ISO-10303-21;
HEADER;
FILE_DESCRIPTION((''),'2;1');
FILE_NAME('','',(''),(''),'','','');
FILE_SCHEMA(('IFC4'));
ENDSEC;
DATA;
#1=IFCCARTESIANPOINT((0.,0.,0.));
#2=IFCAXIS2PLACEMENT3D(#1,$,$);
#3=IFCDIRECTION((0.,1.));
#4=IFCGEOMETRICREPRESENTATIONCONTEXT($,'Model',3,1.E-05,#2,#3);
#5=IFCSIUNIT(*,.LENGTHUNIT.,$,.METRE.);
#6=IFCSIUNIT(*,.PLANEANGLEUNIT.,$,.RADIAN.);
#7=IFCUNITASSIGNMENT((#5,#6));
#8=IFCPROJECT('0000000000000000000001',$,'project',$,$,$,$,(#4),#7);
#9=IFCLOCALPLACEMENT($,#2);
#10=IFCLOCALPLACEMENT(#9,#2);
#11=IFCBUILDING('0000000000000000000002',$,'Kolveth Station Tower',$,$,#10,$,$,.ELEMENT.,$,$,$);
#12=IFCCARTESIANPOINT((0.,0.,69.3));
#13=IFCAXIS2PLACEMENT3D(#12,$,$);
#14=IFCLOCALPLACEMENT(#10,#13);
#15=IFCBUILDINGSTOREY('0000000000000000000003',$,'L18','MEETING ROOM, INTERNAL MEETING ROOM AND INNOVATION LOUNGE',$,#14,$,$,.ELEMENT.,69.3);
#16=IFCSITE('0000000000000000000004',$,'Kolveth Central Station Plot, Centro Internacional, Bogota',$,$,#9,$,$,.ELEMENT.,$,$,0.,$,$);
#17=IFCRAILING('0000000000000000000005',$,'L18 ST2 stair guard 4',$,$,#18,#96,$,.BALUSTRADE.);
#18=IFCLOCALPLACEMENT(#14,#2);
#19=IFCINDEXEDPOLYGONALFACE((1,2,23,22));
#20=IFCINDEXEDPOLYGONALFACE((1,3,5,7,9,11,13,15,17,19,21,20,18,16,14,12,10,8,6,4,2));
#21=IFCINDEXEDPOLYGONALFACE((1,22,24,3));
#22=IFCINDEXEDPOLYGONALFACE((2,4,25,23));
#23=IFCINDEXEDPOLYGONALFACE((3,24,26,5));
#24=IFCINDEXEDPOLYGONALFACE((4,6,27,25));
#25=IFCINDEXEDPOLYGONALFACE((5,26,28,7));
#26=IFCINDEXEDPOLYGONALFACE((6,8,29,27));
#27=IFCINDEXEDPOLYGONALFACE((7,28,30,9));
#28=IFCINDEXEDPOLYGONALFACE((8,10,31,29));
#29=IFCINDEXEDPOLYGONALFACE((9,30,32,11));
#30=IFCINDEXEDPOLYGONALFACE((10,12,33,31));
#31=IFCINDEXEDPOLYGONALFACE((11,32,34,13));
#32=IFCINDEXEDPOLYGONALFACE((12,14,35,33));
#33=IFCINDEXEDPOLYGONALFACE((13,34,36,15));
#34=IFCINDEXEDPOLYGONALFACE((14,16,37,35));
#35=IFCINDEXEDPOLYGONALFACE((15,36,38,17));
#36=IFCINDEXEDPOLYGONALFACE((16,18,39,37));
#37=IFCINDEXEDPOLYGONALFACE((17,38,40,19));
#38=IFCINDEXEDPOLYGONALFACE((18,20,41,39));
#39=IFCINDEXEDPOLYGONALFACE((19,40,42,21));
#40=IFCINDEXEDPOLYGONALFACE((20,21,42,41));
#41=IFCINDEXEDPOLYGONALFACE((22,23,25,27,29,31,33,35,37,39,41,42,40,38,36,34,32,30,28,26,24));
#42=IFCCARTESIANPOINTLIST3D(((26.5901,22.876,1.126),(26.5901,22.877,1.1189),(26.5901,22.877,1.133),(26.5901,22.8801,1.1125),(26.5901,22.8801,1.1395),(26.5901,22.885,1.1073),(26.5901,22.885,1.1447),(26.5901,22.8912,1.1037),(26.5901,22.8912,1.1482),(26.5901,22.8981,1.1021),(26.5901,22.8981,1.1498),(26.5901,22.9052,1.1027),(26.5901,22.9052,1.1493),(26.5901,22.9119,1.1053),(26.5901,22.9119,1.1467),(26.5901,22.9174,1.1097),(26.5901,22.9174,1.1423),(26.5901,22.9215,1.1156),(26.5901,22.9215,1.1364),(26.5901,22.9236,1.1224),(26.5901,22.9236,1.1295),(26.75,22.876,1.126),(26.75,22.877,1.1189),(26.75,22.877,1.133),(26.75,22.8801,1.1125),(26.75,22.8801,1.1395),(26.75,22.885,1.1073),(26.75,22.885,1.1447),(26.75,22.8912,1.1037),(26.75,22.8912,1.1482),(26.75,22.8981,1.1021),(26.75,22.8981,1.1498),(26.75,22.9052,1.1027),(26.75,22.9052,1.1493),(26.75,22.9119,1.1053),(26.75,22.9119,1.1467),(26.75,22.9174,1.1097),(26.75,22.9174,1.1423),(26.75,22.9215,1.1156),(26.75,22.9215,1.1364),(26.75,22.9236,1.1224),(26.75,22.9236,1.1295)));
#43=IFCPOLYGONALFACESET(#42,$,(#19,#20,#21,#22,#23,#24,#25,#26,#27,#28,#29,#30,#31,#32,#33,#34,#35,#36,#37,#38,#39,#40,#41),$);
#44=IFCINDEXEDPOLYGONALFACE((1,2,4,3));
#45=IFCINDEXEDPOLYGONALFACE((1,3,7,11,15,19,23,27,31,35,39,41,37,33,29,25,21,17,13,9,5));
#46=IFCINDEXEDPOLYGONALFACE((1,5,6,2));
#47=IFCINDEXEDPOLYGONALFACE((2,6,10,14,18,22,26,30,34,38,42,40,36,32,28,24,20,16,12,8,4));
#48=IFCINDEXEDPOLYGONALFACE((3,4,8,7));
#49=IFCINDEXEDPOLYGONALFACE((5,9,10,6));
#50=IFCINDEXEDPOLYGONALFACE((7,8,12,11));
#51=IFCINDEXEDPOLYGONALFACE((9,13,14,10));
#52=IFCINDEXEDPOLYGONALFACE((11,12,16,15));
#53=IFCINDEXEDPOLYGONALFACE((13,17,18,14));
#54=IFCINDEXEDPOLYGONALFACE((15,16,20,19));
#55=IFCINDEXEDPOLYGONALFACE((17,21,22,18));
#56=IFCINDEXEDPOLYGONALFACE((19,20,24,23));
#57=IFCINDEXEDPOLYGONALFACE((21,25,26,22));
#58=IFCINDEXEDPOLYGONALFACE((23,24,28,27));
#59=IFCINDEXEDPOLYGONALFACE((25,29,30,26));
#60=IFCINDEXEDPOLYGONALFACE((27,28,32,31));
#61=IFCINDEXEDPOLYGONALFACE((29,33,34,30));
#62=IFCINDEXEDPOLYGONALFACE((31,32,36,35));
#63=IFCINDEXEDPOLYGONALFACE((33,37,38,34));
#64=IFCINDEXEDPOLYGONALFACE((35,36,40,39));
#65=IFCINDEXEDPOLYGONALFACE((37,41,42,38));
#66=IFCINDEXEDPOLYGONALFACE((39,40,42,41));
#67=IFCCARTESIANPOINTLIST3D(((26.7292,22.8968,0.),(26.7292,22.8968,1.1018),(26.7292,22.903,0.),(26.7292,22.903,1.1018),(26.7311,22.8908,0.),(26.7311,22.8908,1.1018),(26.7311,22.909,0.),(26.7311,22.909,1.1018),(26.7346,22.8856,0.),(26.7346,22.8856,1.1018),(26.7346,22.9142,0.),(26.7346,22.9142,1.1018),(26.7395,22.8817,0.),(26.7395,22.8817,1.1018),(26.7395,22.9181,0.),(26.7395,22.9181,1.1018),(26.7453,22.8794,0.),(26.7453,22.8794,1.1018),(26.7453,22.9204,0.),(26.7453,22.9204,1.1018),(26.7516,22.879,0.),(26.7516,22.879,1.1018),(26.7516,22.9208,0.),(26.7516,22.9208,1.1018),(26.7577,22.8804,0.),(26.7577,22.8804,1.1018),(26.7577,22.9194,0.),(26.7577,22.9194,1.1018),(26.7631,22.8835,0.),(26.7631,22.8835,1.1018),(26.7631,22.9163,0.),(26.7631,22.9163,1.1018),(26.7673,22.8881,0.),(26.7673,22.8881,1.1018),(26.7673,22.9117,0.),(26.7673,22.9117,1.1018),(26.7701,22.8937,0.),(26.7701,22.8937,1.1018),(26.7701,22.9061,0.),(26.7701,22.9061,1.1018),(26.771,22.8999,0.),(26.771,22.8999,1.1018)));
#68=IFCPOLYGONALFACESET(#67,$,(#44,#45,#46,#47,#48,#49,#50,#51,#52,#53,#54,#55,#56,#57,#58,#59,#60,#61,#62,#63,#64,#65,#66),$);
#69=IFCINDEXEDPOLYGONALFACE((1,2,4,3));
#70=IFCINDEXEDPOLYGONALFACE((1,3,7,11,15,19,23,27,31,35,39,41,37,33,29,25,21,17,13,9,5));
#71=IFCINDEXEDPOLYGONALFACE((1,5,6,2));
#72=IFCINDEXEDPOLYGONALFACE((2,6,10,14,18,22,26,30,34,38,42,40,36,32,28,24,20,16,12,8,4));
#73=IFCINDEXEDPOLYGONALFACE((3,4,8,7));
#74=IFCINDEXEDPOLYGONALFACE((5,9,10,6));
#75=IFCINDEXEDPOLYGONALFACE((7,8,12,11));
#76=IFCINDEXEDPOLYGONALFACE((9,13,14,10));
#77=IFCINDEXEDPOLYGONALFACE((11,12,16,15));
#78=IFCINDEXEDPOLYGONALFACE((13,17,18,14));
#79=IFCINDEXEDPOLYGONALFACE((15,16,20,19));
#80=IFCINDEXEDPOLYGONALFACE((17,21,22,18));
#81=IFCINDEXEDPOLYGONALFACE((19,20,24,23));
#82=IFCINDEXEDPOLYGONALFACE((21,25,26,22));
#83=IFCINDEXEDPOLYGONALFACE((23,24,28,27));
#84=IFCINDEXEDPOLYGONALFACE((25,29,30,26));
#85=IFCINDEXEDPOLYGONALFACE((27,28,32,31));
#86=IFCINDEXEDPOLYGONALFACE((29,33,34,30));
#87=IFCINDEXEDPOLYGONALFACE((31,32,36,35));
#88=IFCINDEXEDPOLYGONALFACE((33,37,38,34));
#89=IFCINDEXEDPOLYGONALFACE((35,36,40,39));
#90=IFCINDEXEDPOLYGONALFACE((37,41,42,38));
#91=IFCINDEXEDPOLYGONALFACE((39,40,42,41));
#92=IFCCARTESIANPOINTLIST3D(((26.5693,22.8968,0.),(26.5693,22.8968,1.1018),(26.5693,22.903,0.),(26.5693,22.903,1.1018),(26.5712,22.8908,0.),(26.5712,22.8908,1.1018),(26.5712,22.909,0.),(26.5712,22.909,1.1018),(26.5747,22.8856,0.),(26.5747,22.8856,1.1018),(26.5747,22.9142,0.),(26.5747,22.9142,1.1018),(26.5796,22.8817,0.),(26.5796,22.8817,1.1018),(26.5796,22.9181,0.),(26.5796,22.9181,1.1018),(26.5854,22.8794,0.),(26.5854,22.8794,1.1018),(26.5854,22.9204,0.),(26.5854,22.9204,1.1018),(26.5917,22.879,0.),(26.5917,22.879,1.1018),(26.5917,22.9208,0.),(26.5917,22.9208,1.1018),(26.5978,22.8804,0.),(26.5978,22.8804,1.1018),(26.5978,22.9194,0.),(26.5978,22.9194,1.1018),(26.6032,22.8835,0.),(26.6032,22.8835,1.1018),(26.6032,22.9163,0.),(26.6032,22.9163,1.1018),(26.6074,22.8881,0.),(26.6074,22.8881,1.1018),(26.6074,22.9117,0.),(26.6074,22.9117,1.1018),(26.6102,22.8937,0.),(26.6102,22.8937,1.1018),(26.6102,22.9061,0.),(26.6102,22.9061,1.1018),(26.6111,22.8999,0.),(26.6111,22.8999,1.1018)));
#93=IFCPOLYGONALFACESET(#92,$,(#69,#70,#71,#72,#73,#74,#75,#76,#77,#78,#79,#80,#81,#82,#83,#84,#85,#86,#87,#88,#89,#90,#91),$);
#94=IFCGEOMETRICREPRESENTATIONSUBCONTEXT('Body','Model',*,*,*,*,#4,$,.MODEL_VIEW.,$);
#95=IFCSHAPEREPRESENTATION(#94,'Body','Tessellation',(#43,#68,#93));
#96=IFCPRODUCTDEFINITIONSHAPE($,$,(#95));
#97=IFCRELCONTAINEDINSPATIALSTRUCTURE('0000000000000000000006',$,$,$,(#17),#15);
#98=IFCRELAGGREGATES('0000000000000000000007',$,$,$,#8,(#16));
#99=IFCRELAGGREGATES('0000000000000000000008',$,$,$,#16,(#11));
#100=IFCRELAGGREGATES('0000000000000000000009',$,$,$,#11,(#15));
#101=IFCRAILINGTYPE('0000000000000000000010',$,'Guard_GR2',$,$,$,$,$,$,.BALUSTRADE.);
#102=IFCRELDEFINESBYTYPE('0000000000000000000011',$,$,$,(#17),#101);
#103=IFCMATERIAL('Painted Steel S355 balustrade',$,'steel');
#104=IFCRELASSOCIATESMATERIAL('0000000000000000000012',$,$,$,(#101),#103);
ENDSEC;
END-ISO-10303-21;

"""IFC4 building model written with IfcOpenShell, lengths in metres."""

from ifc_helpers import new_model, si_unit, direction, frame, origin, origin_2d, place, context, subcontext, project, spatial, circle, extrude, material, type_object, element, save


model = new_model("IFC4")

# Units and contexts
model_context = context("Model", 3, precision=1e-05, world=origin(), true_north=direction((0.0, 1.0)))
body_context = subcontext(model_context, "Body", "Model", "MODEL_VIEW")
ifc_project = project(units=[si_unit("LENGTHUNIT", "METRE"), si_unit("PLANEANGLEUNIT", "RADIAN")], contexts=[model_context])

# Site, building, storey
site_placement = place(None, origin())
site = spatial("IfcSite", under=ifc_project, at=site_placement, Name="Kolveth Central Station Plot, Centro Internacional, Bogota", CompositionType="ELEMENT", RefElevation=0.0)
building_placement = place(site_placement, origin())
building = spatial("IfcBuilding", under=site, at=building_placement, Name="Kolveth Station Tower", CompositionType="ELEMENT")
storey_placement = place(building_placement, frame((0.0, 0.0, 69.3)))
storey = spatial("IfcBuildingStorey", under=building, at=storey_placement, Name="L18", Description="MEETING ROOM, INTERNAL MEETING ROOM AND INNOVATION LOUNGE", CompositionType="ELEMENT", Elevation=69.3)

# Railing
ifc_material_1 = material(Name="Painted Steel S355 balustrade", Category="steel")
railing_type_1 = type_object("IfcRailingType", Name="Guard_GR2", PredefinedType="BALUSTRADE", material=ifc_material_1)
railing_1_placement = place(storey_placement, frame((26.75, 22.8999, 0.0)))
element("IfcRailing", 1, at=railing_1_placement, inside=storey, type_object=railing_type_1, Name="L18 ST2 stair guard 4", PredefinedType="BALUSTRADE", context=body_context, shape_type="SweptSolid", body=[
    extrude(circle(Radius=0.0239, at=origin_2d()), frame((0.0, 0.0, 1.126), z_axis=(-1.0, 0.0, 0.0), x_axis=(0.0, -1.0, 0.0)), (0.0, 0.0, 1.0), 0.1599),
    extrude(circle(Radius=0.021, at=origin_2d()), origin(), (0.0, 0.0, 1.0), 1.1018),
    extrude(circle(Radius=0.021, at=origin_2d()), frame((-0.1599, 0.0, 0.0)), (0.0, 0.0, 1.0), 1.1018),
])

save(model, "model.ifc")
